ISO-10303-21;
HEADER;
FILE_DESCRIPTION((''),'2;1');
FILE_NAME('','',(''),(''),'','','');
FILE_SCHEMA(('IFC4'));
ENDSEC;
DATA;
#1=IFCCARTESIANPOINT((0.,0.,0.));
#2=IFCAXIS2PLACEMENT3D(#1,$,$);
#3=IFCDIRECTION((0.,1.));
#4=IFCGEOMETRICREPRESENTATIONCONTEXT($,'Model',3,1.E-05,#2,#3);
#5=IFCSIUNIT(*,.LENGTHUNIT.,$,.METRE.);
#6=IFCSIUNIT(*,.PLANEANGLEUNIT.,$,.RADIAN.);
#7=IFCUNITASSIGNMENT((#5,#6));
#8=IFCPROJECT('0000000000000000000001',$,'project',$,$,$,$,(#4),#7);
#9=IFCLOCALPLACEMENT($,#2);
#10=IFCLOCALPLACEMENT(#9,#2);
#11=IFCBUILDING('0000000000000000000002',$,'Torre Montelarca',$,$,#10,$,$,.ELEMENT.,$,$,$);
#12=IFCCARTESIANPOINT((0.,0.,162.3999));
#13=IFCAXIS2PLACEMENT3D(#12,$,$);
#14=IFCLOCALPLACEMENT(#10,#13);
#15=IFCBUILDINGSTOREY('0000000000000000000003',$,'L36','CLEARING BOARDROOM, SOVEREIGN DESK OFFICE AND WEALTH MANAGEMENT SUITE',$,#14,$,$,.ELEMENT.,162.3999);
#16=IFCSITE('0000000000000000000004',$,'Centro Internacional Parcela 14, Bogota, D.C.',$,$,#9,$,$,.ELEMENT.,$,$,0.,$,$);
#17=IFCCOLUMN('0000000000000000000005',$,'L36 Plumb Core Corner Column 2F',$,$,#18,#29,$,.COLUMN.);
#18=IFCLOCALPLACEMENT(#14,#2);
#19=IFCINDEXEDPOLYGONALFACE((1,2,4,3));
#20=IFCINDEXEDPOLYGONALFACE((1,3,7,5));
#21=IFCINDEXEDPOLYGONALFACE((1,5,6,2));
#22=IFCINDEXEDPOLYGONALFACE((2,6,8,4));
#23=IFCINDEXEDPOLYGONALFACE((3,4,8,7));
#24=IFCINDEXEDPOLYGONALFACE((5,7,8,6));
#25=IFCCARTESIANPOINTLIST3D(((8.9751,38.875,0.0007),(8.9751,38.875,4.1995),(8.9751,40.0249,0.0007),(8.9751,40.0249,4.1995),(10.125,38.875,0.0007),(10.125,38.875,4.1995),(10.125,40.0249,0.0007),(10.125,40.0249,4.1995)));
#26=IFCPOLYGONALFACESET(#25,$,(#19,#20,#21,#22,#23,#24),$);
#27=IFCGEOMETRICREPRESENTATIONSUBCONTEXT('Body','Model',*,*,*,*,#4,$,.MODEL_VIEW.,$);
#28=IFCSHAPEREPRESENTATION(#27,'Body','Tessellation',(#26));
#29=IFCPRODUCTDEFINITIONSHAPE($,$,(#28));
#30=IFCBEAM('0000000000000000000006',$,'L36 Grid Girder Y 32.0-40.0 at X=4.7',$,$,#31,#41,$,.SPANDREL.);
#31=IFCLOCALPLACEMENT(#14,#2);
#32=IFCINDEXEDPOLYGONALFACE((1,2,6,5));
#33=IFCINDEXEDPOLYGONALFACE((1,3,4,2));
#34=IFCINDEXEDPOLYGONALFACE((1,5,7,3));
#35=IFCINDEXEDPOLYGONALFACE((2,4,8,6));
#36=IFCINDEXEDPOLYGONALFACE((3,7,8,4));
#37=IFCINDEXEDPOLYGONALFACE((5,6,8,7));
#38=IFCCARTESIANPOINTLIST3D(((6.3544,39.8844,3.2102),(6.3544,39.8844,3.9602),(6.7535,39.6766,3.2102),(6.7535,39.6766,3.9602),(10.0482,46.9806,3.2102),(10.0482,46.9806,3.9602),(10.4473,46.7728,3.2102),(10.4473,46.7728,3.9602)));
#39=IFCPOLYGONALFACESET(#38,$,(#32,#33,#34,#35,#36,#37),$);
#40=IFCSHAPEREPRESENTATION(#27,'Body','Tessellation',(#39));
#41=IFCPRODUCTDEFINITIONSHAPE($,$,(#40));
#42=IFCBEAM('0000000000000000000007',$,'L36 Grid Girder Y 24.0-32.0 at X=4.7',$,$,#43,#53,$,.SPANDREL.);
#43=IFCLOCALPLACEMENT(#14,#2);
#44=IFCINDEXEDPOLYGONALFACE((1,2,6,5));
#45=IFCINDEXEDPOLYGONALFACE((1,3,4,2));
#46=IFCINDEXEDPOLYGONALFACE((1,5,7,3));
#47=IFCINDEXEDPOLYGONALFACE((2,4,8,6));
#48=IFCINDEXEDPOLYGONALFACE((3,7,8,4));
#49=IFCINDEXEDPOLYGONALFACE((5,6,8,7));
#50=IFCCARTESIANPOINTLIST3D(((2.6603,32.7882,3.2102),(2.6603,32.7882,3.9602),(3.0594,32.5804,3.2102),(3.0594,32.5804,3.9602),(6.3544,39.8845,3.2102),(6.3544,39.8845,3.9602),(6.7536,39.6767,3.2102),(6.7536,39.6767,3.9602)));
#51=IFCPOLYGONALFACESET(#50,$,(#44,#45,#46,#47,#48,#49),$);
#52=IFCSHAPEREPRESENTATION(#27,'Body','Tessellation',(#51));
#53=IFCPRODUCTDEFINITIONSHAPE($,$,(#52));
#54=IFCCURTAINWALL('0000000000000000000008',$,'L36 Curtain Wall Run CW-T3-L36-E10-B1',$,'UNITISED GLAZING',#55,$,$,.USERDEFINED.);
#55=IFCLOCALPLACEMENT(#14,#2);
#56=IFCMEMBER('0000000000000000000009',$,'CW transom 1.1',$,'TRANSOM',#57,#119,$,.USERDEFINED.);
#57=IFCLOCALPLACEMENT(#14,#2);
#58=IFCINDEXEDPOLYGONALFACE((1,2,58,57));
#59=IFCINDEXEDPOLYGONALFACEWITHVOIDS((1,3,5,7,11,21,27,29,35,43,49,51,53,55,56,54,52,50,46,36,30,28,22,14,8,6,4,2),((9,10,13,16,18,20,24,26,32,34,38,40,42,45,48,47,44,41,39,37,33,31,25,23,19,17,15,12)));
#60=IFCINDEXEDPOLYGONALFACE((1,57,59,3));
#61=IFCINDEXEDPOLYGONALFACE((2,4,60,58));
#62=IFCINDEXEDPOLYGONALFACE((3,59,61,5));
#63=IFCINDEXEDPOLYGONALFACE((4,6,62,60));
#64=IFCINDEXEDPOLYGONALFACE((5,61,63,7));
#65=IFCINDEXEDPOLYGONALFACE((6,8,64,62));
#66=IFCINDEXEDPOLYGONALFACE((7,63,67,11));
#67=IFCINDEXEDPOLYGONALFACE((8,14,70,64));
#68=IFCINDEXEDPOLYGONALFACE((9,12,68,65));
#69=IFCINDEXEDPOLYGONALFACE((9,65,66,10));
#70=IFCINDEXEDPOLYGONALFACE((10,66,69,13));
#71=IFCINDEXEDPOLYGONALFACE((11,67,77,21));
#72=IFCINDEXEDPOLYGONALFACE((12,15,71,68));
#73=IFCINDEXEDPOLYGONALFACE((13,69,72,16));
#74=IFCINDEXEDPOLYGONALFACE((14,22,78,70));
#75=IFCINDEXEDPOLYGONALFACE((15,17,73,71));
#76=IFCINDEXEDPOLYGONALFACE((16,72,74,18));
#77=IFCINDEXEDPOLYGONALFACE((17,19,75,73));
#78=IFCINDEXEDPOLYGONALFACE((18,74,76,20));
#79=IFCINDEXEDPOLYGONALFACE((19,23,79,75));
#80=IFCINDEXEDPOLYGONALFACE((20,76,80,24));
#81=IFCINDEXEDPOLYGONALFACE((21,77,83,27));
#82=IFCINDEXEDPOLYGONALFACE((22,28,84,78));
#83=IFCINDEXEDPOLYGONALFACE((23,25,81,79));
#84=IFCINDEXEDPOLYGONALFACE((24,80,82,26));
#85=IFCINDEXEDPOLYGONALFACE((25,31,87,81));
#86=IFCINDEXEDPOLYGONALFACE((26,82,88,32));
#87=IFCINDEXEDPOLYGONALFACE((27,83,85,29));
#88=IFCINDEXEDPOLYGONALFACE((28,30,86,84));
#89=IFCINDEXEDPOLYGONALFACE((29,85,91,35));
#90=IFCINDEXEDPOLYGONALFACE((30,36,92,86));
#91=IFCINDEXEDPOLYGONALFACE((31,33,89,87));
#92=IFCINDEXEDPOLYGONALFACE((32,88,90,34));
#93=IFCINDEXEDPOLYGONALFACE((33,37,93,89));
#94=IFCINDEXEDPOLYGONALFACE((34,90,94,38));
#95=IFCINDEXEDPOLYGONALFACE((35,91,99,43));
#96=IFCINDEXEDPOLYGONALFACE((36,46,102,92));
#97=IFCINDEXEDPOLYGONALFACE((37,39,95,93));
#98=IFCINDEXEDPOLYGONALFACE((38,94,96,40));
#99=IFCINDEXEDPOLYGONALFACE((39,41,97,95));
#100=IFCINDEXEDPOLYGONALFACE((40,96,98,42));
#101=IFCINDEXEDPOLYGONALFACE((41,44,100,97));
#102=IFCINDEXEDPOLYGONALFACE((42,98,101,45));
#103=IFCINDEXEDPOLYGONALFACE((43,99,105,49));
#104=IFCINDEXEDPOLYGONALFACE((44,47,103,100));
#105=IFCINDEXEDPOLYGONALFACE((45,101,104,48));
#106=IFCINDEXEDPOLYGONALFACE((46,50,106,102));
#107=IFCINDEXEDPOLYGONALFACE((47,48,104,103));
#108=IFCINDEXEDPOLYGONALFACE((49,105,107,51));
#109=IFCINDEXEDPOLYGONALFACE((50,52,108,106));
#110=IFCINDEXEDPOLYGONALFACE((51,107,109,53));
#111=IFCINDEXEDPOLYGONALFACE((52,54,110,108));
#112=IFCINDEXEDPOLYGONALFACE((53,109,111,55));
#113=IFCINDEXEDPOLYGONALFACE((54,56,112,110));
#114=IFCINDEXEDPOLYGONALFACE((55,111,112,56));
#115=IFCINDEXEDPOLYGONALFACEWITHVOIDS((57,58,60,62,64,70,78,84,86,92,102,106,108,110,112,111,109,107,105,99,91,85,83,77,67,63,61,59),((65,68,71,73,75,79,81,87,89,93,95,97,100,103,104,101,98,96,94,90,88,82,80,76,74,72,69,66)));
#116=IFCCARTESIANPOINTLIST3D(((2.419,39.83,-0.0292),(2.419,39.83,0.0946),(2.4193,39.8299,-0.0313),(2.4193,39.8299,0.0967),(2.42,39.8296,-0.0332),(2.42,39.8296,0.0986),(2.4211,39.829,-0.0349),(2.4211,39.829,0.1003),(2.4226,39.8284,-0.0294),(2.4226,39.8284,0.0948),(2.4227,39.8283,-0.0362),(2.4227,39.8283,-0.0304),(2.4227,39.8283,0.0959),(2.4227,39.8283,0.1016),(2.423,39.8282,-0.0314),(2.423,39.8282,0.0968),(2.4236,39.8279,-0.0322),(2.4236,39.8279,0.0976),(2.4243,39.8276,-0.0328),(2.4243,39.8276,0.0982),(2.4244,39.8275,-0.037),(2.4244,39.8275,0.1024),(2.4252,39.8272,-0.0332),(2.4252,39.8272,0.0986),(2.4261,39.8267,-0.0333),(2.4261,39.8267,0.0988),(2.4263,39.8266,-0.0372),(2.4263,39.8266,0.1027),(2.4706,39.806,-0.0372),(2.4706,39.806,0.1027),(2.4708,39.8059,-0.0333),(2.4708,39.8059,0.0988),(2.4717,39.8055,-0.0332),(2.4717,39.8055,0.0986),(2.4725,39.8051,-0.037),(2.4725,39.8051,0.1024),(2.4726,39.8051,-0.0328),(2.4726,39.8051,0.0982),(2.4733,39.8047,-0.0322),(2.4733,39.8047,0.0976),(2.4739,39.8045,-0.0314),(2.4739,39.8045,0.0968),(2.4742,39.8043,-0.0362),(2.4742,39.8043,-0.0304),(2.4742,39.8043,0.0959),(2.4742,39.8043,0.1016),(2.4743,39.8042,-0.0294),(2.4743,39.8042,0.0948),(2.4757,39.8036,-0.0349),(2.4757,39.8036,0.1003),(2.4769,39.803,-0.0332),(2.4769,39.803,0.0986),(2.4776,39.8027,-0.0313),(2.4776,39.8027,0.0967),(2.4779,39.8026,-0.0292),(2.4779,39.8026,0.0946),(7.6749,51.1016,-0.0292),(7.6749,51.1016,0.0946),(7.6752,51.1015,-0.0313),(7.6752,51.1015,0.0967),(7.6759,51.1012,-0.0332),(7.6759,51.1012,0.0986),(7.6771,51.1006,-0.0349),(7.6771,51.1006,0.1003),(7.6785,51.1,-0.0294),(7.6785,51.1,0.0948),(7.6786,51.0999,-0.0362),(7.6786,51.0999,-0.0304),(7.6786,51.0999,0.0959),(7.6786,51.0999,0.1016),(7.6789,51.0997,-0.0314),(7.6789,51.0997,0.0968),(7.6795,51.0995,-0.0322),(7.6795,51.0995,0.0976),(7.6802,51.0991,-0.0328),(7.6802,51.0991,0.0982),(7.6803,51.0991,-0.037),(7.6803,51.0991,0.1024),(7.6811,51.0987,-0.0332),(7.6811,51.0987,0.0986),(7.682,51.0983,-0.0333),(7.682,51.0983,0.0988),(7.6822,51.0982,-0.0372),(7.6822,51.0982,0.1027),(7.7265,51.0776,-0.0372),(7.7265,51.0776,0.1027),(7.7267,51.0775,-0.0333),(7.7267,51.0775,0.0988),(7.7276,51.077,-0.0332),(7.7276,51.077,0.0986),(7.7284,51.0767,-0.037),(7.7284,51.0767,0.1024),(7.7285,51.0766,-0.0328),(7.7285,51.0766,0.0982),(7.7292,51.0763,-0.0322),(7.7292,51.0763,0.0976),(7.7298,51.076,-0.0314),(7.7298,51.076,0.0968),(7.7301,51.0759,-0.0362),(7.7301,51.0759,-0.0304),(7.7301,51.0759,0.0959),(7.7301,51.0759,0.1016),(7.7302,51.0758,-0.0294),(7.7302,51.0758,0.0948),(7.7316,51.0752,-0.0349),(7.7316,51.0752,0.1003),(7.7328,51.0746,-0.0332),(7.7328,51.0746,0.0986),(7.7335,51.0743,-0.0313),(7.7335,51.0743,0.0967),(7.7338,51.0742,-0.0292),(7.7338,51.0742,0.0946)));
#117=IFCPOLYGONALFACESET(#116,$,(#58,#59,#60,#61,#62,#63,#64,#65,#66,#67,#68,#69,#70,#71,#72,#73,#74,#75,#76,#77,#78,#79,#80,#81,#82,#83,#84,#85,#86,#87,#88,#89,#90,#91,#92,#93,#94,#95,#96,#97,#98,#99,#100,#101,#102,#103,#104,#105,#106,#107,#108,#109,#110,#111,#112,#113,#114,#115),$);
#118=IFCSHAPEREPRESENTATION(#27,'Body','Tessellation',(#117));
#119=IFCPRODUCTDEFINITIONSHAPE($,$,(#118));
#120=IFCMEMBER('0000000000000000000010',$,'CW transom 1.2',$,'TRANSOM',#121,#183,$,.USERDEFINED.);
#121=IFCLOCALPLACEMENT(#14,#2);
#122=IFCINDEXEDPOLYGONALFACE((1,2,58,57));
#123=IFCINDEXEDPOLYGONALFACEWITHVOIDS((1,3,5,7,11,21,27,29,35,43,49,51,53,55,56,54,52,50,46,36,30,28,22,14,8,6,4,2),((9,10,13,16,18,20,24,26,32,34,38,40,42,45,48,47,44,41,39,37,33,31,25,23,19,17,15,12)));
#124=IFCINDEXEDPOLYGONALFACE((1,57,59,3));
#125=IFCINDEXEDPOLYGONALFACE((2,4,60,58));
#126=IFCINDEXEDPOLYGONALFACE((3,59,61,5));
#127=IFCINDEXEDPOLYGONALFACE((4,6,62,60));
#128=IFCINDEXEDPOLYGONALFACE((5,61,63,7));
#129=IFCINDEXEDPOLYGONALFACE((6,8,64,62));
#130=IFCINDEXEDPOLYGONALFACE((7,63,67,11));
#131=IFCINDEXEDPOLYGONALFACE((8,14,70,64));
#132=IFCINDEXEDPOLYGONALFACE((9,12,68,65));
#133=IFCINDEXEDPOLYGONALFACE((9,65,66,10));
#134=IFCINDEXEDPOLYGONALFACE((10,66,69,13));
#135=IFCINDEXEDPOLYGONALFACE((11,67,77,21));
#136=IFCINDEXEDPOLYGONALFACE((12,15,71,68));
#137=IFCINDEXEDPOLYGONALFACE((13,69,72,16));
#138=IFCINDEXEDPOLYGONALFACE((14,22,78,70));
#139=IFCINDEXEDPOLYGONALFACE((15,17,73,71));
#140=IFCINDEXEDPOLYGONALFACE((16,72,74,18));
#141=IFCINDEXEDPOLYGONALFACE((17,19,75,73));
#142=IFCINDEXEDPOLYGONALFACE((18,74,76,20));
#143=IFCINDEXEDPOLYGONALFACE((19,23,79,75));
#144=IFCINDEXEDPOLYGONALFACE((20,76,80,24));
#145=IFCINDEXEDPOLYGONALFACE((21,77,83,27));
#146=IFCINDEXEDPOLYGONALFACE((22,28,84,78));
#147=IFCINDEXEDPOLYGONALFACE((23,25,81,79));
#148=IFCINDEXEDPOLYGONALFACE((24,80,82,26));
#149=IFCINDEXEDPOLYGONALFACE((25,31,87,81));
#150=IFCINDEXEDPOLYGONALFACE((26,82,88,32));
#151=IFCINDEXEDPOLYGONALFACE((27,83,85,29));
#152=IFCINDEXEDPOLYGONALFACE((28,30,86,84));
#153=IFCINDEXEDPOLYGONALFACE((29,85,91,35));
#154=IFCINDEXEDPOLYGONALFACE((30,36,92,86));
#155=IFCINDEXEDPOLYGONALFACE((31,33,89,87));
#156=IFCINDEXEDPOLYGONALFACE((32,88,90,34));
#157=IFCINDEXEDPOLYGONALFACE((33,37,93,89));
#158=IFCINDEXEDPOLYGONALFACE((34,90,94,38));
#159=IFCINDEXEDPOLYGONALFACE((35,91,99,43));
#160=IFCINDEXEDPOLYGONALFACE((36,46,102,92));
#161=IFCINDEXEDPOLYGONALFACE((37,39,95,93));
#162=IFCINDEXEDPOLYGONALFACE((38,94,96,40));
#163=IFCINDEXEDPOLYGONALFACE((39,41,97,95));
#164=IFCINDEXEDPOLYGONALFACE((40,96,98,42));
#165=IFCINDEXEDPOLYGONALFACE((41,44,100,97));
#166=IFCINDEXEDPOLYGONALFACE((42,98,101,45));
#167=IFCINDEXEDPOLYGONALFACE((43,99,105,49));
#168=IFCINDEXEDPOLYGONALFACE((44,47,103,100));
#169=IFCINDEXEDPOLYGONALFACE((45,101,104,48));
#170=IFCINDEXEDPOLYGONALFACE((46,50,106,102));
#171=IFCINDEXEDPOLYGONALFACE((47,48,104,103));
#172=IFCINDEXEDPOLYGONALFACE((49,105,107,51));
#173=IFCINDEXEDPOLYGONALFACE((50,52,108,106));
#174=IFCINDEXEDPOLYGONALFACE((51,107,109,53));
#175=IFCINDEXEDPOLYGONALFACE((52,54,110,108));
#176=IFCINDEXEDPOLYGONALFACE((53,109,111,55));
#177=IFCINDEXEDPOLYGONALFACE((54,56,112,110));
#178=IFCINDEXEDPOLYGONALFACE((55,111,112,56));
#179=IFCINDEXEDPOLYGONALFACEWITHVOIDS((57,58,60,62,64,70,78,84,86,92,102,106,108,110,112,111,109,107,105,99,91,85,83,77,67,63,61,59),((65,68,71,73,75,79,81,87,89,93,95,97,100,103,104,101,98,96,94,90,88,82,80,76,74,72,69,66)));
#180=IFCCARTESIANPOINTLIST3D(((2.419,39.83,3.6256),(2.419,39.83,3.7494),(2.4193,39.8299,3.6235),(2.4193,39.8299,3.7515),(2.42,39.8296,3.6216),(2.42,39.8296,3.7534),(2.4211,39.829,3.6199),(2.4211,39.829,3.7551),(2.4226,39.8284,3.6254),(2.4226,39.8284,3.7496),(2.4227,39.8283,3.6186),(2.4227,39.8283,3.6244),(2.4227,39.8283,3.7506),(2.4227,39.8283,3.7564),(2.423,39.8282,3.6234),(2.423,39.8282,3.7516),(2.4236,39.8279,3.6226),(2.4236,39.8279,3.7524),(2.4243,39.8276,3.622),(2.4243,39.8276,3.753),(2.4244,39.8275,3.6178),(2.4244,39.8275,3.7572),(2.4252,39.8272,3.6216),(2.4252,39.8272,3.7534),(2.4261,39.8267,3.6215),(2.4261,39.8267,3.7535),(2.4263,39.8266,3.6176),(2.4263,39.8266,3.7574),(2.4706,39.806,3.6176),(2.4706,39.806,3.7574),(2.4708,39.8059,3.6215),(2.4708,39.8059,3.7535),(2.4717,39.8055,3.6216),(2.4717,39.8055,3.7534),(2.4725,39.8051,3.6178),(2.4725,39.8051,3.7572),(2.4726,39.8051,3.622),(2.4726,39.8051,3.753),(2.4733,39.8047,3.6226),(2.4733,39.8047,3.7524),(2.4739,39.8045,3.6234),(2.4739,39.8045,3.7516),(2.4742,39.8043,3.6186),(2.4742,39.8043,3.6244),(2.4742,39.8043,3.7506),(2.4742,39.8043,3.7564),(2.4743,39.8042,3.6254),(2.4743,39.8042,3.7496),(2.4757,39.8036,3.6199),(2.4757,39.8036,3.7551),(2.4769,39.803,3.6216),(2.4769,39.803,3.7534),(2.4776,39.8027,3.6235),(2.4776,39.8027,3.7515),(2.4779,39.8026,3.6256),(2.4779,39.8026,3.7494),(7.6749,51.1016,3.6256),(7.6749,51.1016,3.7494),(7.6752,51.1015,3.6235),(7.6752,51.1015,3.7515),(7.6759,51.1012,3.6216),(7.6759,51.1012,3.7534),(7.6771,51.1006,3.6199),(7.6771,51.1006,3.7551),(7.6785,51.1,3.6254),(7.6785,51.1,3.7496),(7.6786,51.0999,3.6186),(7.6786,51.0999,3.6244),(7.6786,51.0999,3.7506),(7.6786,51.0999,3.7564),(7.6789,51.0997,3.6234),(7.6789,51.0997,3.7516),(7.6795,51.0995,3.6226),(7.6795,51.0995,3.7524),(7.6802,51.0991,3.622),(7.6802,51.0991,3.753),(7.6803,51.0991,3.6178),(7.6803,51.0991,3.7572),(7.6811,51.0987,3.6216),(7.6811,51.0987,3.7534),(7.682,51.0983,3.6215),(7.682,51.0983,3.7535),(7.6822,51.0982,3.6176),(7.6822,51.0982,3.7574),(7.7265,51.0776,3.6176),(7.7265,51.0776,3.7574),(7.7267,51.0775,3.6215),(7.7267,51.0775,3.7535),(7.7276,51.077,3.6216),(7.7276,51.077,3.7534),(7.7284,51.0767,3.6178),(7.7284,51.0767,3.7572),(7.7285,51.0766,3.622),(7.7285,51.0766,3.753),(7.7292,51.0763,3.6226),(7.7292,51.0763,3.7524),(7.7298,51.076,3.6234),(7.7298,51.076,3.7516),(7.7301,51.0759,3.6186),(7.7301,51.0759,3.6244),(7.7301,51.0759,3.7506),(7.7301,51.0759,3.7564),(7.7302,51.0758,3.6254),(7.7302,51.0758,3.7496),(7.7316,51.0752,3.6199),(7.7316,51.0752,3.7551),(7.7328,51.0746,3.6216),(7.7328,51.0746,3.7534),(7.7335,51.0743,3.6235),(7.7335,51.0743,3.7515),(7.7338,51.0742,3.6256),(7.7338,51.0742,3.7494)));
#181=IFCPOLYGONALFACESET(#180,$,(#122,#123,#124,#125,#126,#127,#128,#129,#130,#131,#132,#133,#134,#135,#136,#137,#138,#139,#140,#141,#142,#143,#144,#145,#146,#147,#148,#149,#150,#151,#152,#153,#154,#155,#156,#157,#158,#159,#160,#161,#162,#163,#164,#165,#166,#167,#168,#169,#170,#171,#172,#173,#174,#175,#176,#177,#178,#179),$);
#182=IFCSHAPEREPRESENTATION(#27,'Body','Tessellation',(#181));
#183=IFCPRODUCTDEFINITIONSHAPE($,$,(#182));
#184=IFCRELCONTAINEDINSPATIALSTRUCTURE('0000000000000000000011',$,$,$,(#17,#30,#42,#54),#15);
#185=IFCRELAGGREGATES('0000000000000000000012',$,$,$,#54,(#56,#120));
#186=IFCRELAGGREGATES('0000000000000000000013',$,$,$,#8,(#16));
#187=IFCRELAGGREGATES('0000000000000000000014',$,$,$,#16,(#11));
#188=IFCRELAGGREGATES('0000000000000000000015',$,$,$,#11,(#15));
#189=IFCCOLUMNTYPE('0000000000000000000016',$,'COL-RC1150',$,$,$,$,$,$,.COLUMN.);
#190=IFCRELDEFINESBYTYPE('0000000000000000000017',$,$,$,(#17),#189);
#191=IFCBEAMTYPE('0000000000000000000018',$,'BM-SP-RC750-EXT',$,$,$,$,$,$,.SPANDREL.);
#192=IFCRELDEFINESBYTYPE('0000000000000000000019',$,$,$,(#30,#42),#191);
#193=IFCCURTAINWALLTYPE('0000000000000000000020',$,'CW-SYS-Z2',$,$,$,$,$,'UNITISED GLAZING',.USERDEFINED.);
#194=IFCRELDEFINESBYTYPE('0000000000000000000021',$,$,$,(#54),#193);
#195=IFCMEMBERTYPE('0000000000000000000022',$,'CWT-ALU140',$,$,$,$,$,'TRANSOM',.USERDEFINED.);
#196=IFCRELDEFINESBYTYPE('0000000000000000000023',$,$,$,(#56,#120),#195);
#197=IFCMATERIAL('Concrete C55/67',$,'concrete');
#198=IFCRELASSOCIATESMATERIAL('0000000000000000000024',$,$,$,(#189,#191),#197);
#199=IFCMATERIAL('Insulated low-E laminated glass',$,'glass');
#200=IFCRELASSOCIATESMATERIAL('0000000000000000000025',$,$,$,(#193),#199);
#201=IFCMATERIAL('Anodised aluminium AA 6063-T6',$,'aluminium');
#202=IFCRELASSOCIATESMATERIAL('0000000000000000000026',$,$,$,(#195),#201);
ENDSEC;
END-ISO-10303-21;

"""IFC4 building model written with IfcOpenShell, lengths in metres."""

from ifc_helpers import new_model, si_unit, direction, frame, origin, origin_2d, place, context, subcontext, project, spatial, rectangle, hollow_rectangle, extrude, source, transform, mapped, material, material_profile, profile_set, type_object, element, aggregate, save


model = new_model("IFC4")

# Units and contexts
model_context = context("Model", 3, precision=1e-05, world=origin(), true_north=direction((0.0, 1.0)))
body_context = subcontext(model_context, "Body", "Model", "MODEL_VIEW")
ifc_project = project(units=[si_unit("LENGTHUNIT", "METRE"), si_unit("PLANEANGLEUNIT", "RADIAN")], contexts=[model_context])

# Site, building, storey
site_placement = place(None, origin())
site = spatial("IfcSite", under=ifc_project, at=site_placement, Name="Centro Internacional Parcela 14, Bogota, D.C.", CompositionType="ELEMENT", RefElevation=0.0)
building_placement = place(site_placement, origin())
building = spatial("IfcBuilding", under=site, at=building_placement, Name="Torre Montelarca", CompositionType="ELEMENT")
storey_placement = place(building_placement, frame((0.0, 0.0, 162.3999)))
storey = spatial("IfcBuildingStorey", under=building, at=storey_placement, Name="L36", Description="CLEARING BOARDROOM, SOVEREIGN DESK OFFICE AND WEALTH MANAGEMENT SUITE", CompositionType="ELEMENT", Elevation=162.3999)

# Column
ifc_material_1 = material(Name="Concrete C55/67", Category="concrete")
ifc_material_profile_1 = material_profile(ifc_material_1, rectangle(XDim=1.1499, YDim=1.1499, at=origin_2d()), Name="RC1150X1150", Category="concrete")
ifc_profile_set_1 = profile_set([ifc_material_profile_1], Name="Concrete C55/67")
column_type_1 = type_object("IfcColumnType", Name="COL-RC1150", PredefinedType="COLUMN", material=ifc_profile_set_1)
shared_shape_1 = source(origin(), body_context, "Body", "SweptSolid", [
    extrude(rectangle(XDim=1.1499, YDim=1.1499, at=origin_2d()), origin(), (0.0, 0.0, 1.0), 4.1987),
])
column_1_placement = place(storey_placement, frame((9.55, 39.45, 0.0007), z_axis=(0.0, 0.0, 1.0), x_axis=(1.0, 0.0, 0.0)))
element("IfcColumn", 1, at=column_1_placement, inside=storey, type_object=column_type_1, Name="L36 Plumb Core Corner Column 2F", PredefinedType="COLUMN", context=body_context, shape_type="MappedRepresentation", body=[
    mapped(shared_shape_1, transform((0.0, 0.0, 0.0), scale=1.0)),
])

# Beams
ifc_material_profile_2 = material_profile(ifc_material_1, rectangle(XDim=0.45, YDim=0.75, at=origin_2d()), Name="RCB450X750", Category="concrete")
ifc_profile_set_2 = profile_set([ifc_material_profile_2], Name="Concrete C55/67")
beam_type = type_object("IfcBeamType", Name="BM-SP-RC750-EXT", PredefinedType="SPANDREL", material=ifc_profile_set_2)
shared_shape_2 = source(origin(), body_context, "Body", "SweptSolid", [
    extrude(rectangle(XDim=0.45, YDim=0.75, at=origin_2d()), origin(), (0.0, 0.0, 1.0), 8.0),
])
beam_1_placement = place(storey_placement, frame((6.554, 39.7805, 3.5852), z_axis=(0.461729, 0.887021, 0.0), x_axis=(-0.887021, 0.461729, 0.0)))
element("IfcBeam", 2, at=beam_1_placement, inside=storey, type_object=beam_type, Name="L36 Grid Girder Y 32.0-40.0 at X=4.7", PredefinedType="SPANDREL", context=body_context, shape_type="MappedRepresentation", body=[
    mapped(shared_shape_2, transform((0.0, 0.0, 0.0), scale=1.0)),
])
shared_shape_3 = source(origin(), body_context, "Body", "SweptSolid", [
    extrude(rectangle(XDim=0.45, YDim=0.75, at=origin_2d()), origin(), (0.0, 0.0, 1.0), 8.0002),
])
beam_2_placement = place(storey_placement, frame((2.8599, 32.6843, 3.5852), z_axis=(0.461753, 0.887008, 0.0), x_axis=(-0.887008, 0.461753, 0.0)))
element("IfcBeam", 3, at=beam_2_placement, inside=storey, type_object=beam_type, Name="L36 Grid Girder Y 24.0-32.0 at X=4.7", PredefinedType="SPANDREL", context=body_context, shape_type="MappedRepresentation", body=[
    mapped(shared_shape_3, transform((0.0, 0.0, 0.0), scale=1.0)),
])

# Curtain wall, members
ifc_material_2 = material(Name="Insulated low-E laminated glass", Category="glass")
curtain_wall_type = type_object("IfcCurtainWallType", Name="CW-SYS-Z2", ElementType="UNITISED GLAZING", PredefinedType="USERDEFINED", material=ifc_material_2)
curtain_wall_1_placement = place(storey_placement, origin())
curtain_wall_1 = element("IfcCurtainWall", 4, at=curtain_wall_1_placement, inside=storey, type_object=curtain_wall_type, Name="L36 Curtain Wall Run CW-T3-L36-E10-B1", ObjectType="UNITISED GLAZING", PredefinedType="USERDEFINED")
ifc_material_3 = material(Name="Anodised aluminium AA 6063-T6", Category="aluminium")
ifc_material_profile_3 = material_profile(ifc_material_3, hollow_rectangle(XDim=0.0649, YDim=0.1399, WallThickness=0.0039, InnerFilletRadius=0.0039, OuterFilletRadius=0.0081, at=origin_2d()), Name="ALU65X140X4", Category="aluminium")
ifc_profile_set_3 = profile_set([ifc_material_profile_3], Name="Anodised aluminium AA 6063-T6")
member_type_1 = type_object("IfcMemberType", Name="CWT-ALU140", ElementType="TRANSOM", PredefinedType="USERDEFINED", material=ifc_profile_set_3)
shared_shape_4 = source(origin(), body_context, "Body", "SweptSolid", [
    extrude(hollow_rectangle(XDim=0.0649, YDim=0.1399, WallThickness=0.0039, InnerFilletRadius=0.0039, OuterFilletRadius=0.0081, at=origin_2d()), origin(), (0.0, 0.0, 1.0), 12.4368),
])
member_1_placement = place(storey_placement, frame((7.7043, 51.0879, 0.0327), z_axis=(-0.42261, -0.906311, 0.0), x_axis=(0.906311, -0.42261, 0.0)))
member_1 = element("IfcMember", 5, at=member_1_placement, type_object=member_type_1, Name="CW transom 1.1", ObjectType="TRANSOM", PredefinedType="USERDEFINED", context=body_context, shape_type="MappedRepresentation", body=[
    mapped(shared_shape_4, transform((0.0, 0.0, 0.0), scale=1.0)),
])
member_2_placement = place(storey_placement, frame((7.7043, 51.0879, 3.6875), z_axis=(-0.42261, -0.906311, 0.0), x_axis=(0.906311, -0.42261, 0.0)))
member_2 = element("IfcMember", 6, at=member_2_placement, type_object=member_type_1, Name="CW transom 1.2", ObjectType="TRANSOM", PredefinedType="USERDEFINED", context=body_context, shape_type="MappedRepresentation", body=[
    mapped(shared_shape_4, transform((0.0, 0.0, 0.0), scale=1.0)),
])

aggregate(curtain_wall_1, [member_1, member_2])

save(model, "model.ifc")
